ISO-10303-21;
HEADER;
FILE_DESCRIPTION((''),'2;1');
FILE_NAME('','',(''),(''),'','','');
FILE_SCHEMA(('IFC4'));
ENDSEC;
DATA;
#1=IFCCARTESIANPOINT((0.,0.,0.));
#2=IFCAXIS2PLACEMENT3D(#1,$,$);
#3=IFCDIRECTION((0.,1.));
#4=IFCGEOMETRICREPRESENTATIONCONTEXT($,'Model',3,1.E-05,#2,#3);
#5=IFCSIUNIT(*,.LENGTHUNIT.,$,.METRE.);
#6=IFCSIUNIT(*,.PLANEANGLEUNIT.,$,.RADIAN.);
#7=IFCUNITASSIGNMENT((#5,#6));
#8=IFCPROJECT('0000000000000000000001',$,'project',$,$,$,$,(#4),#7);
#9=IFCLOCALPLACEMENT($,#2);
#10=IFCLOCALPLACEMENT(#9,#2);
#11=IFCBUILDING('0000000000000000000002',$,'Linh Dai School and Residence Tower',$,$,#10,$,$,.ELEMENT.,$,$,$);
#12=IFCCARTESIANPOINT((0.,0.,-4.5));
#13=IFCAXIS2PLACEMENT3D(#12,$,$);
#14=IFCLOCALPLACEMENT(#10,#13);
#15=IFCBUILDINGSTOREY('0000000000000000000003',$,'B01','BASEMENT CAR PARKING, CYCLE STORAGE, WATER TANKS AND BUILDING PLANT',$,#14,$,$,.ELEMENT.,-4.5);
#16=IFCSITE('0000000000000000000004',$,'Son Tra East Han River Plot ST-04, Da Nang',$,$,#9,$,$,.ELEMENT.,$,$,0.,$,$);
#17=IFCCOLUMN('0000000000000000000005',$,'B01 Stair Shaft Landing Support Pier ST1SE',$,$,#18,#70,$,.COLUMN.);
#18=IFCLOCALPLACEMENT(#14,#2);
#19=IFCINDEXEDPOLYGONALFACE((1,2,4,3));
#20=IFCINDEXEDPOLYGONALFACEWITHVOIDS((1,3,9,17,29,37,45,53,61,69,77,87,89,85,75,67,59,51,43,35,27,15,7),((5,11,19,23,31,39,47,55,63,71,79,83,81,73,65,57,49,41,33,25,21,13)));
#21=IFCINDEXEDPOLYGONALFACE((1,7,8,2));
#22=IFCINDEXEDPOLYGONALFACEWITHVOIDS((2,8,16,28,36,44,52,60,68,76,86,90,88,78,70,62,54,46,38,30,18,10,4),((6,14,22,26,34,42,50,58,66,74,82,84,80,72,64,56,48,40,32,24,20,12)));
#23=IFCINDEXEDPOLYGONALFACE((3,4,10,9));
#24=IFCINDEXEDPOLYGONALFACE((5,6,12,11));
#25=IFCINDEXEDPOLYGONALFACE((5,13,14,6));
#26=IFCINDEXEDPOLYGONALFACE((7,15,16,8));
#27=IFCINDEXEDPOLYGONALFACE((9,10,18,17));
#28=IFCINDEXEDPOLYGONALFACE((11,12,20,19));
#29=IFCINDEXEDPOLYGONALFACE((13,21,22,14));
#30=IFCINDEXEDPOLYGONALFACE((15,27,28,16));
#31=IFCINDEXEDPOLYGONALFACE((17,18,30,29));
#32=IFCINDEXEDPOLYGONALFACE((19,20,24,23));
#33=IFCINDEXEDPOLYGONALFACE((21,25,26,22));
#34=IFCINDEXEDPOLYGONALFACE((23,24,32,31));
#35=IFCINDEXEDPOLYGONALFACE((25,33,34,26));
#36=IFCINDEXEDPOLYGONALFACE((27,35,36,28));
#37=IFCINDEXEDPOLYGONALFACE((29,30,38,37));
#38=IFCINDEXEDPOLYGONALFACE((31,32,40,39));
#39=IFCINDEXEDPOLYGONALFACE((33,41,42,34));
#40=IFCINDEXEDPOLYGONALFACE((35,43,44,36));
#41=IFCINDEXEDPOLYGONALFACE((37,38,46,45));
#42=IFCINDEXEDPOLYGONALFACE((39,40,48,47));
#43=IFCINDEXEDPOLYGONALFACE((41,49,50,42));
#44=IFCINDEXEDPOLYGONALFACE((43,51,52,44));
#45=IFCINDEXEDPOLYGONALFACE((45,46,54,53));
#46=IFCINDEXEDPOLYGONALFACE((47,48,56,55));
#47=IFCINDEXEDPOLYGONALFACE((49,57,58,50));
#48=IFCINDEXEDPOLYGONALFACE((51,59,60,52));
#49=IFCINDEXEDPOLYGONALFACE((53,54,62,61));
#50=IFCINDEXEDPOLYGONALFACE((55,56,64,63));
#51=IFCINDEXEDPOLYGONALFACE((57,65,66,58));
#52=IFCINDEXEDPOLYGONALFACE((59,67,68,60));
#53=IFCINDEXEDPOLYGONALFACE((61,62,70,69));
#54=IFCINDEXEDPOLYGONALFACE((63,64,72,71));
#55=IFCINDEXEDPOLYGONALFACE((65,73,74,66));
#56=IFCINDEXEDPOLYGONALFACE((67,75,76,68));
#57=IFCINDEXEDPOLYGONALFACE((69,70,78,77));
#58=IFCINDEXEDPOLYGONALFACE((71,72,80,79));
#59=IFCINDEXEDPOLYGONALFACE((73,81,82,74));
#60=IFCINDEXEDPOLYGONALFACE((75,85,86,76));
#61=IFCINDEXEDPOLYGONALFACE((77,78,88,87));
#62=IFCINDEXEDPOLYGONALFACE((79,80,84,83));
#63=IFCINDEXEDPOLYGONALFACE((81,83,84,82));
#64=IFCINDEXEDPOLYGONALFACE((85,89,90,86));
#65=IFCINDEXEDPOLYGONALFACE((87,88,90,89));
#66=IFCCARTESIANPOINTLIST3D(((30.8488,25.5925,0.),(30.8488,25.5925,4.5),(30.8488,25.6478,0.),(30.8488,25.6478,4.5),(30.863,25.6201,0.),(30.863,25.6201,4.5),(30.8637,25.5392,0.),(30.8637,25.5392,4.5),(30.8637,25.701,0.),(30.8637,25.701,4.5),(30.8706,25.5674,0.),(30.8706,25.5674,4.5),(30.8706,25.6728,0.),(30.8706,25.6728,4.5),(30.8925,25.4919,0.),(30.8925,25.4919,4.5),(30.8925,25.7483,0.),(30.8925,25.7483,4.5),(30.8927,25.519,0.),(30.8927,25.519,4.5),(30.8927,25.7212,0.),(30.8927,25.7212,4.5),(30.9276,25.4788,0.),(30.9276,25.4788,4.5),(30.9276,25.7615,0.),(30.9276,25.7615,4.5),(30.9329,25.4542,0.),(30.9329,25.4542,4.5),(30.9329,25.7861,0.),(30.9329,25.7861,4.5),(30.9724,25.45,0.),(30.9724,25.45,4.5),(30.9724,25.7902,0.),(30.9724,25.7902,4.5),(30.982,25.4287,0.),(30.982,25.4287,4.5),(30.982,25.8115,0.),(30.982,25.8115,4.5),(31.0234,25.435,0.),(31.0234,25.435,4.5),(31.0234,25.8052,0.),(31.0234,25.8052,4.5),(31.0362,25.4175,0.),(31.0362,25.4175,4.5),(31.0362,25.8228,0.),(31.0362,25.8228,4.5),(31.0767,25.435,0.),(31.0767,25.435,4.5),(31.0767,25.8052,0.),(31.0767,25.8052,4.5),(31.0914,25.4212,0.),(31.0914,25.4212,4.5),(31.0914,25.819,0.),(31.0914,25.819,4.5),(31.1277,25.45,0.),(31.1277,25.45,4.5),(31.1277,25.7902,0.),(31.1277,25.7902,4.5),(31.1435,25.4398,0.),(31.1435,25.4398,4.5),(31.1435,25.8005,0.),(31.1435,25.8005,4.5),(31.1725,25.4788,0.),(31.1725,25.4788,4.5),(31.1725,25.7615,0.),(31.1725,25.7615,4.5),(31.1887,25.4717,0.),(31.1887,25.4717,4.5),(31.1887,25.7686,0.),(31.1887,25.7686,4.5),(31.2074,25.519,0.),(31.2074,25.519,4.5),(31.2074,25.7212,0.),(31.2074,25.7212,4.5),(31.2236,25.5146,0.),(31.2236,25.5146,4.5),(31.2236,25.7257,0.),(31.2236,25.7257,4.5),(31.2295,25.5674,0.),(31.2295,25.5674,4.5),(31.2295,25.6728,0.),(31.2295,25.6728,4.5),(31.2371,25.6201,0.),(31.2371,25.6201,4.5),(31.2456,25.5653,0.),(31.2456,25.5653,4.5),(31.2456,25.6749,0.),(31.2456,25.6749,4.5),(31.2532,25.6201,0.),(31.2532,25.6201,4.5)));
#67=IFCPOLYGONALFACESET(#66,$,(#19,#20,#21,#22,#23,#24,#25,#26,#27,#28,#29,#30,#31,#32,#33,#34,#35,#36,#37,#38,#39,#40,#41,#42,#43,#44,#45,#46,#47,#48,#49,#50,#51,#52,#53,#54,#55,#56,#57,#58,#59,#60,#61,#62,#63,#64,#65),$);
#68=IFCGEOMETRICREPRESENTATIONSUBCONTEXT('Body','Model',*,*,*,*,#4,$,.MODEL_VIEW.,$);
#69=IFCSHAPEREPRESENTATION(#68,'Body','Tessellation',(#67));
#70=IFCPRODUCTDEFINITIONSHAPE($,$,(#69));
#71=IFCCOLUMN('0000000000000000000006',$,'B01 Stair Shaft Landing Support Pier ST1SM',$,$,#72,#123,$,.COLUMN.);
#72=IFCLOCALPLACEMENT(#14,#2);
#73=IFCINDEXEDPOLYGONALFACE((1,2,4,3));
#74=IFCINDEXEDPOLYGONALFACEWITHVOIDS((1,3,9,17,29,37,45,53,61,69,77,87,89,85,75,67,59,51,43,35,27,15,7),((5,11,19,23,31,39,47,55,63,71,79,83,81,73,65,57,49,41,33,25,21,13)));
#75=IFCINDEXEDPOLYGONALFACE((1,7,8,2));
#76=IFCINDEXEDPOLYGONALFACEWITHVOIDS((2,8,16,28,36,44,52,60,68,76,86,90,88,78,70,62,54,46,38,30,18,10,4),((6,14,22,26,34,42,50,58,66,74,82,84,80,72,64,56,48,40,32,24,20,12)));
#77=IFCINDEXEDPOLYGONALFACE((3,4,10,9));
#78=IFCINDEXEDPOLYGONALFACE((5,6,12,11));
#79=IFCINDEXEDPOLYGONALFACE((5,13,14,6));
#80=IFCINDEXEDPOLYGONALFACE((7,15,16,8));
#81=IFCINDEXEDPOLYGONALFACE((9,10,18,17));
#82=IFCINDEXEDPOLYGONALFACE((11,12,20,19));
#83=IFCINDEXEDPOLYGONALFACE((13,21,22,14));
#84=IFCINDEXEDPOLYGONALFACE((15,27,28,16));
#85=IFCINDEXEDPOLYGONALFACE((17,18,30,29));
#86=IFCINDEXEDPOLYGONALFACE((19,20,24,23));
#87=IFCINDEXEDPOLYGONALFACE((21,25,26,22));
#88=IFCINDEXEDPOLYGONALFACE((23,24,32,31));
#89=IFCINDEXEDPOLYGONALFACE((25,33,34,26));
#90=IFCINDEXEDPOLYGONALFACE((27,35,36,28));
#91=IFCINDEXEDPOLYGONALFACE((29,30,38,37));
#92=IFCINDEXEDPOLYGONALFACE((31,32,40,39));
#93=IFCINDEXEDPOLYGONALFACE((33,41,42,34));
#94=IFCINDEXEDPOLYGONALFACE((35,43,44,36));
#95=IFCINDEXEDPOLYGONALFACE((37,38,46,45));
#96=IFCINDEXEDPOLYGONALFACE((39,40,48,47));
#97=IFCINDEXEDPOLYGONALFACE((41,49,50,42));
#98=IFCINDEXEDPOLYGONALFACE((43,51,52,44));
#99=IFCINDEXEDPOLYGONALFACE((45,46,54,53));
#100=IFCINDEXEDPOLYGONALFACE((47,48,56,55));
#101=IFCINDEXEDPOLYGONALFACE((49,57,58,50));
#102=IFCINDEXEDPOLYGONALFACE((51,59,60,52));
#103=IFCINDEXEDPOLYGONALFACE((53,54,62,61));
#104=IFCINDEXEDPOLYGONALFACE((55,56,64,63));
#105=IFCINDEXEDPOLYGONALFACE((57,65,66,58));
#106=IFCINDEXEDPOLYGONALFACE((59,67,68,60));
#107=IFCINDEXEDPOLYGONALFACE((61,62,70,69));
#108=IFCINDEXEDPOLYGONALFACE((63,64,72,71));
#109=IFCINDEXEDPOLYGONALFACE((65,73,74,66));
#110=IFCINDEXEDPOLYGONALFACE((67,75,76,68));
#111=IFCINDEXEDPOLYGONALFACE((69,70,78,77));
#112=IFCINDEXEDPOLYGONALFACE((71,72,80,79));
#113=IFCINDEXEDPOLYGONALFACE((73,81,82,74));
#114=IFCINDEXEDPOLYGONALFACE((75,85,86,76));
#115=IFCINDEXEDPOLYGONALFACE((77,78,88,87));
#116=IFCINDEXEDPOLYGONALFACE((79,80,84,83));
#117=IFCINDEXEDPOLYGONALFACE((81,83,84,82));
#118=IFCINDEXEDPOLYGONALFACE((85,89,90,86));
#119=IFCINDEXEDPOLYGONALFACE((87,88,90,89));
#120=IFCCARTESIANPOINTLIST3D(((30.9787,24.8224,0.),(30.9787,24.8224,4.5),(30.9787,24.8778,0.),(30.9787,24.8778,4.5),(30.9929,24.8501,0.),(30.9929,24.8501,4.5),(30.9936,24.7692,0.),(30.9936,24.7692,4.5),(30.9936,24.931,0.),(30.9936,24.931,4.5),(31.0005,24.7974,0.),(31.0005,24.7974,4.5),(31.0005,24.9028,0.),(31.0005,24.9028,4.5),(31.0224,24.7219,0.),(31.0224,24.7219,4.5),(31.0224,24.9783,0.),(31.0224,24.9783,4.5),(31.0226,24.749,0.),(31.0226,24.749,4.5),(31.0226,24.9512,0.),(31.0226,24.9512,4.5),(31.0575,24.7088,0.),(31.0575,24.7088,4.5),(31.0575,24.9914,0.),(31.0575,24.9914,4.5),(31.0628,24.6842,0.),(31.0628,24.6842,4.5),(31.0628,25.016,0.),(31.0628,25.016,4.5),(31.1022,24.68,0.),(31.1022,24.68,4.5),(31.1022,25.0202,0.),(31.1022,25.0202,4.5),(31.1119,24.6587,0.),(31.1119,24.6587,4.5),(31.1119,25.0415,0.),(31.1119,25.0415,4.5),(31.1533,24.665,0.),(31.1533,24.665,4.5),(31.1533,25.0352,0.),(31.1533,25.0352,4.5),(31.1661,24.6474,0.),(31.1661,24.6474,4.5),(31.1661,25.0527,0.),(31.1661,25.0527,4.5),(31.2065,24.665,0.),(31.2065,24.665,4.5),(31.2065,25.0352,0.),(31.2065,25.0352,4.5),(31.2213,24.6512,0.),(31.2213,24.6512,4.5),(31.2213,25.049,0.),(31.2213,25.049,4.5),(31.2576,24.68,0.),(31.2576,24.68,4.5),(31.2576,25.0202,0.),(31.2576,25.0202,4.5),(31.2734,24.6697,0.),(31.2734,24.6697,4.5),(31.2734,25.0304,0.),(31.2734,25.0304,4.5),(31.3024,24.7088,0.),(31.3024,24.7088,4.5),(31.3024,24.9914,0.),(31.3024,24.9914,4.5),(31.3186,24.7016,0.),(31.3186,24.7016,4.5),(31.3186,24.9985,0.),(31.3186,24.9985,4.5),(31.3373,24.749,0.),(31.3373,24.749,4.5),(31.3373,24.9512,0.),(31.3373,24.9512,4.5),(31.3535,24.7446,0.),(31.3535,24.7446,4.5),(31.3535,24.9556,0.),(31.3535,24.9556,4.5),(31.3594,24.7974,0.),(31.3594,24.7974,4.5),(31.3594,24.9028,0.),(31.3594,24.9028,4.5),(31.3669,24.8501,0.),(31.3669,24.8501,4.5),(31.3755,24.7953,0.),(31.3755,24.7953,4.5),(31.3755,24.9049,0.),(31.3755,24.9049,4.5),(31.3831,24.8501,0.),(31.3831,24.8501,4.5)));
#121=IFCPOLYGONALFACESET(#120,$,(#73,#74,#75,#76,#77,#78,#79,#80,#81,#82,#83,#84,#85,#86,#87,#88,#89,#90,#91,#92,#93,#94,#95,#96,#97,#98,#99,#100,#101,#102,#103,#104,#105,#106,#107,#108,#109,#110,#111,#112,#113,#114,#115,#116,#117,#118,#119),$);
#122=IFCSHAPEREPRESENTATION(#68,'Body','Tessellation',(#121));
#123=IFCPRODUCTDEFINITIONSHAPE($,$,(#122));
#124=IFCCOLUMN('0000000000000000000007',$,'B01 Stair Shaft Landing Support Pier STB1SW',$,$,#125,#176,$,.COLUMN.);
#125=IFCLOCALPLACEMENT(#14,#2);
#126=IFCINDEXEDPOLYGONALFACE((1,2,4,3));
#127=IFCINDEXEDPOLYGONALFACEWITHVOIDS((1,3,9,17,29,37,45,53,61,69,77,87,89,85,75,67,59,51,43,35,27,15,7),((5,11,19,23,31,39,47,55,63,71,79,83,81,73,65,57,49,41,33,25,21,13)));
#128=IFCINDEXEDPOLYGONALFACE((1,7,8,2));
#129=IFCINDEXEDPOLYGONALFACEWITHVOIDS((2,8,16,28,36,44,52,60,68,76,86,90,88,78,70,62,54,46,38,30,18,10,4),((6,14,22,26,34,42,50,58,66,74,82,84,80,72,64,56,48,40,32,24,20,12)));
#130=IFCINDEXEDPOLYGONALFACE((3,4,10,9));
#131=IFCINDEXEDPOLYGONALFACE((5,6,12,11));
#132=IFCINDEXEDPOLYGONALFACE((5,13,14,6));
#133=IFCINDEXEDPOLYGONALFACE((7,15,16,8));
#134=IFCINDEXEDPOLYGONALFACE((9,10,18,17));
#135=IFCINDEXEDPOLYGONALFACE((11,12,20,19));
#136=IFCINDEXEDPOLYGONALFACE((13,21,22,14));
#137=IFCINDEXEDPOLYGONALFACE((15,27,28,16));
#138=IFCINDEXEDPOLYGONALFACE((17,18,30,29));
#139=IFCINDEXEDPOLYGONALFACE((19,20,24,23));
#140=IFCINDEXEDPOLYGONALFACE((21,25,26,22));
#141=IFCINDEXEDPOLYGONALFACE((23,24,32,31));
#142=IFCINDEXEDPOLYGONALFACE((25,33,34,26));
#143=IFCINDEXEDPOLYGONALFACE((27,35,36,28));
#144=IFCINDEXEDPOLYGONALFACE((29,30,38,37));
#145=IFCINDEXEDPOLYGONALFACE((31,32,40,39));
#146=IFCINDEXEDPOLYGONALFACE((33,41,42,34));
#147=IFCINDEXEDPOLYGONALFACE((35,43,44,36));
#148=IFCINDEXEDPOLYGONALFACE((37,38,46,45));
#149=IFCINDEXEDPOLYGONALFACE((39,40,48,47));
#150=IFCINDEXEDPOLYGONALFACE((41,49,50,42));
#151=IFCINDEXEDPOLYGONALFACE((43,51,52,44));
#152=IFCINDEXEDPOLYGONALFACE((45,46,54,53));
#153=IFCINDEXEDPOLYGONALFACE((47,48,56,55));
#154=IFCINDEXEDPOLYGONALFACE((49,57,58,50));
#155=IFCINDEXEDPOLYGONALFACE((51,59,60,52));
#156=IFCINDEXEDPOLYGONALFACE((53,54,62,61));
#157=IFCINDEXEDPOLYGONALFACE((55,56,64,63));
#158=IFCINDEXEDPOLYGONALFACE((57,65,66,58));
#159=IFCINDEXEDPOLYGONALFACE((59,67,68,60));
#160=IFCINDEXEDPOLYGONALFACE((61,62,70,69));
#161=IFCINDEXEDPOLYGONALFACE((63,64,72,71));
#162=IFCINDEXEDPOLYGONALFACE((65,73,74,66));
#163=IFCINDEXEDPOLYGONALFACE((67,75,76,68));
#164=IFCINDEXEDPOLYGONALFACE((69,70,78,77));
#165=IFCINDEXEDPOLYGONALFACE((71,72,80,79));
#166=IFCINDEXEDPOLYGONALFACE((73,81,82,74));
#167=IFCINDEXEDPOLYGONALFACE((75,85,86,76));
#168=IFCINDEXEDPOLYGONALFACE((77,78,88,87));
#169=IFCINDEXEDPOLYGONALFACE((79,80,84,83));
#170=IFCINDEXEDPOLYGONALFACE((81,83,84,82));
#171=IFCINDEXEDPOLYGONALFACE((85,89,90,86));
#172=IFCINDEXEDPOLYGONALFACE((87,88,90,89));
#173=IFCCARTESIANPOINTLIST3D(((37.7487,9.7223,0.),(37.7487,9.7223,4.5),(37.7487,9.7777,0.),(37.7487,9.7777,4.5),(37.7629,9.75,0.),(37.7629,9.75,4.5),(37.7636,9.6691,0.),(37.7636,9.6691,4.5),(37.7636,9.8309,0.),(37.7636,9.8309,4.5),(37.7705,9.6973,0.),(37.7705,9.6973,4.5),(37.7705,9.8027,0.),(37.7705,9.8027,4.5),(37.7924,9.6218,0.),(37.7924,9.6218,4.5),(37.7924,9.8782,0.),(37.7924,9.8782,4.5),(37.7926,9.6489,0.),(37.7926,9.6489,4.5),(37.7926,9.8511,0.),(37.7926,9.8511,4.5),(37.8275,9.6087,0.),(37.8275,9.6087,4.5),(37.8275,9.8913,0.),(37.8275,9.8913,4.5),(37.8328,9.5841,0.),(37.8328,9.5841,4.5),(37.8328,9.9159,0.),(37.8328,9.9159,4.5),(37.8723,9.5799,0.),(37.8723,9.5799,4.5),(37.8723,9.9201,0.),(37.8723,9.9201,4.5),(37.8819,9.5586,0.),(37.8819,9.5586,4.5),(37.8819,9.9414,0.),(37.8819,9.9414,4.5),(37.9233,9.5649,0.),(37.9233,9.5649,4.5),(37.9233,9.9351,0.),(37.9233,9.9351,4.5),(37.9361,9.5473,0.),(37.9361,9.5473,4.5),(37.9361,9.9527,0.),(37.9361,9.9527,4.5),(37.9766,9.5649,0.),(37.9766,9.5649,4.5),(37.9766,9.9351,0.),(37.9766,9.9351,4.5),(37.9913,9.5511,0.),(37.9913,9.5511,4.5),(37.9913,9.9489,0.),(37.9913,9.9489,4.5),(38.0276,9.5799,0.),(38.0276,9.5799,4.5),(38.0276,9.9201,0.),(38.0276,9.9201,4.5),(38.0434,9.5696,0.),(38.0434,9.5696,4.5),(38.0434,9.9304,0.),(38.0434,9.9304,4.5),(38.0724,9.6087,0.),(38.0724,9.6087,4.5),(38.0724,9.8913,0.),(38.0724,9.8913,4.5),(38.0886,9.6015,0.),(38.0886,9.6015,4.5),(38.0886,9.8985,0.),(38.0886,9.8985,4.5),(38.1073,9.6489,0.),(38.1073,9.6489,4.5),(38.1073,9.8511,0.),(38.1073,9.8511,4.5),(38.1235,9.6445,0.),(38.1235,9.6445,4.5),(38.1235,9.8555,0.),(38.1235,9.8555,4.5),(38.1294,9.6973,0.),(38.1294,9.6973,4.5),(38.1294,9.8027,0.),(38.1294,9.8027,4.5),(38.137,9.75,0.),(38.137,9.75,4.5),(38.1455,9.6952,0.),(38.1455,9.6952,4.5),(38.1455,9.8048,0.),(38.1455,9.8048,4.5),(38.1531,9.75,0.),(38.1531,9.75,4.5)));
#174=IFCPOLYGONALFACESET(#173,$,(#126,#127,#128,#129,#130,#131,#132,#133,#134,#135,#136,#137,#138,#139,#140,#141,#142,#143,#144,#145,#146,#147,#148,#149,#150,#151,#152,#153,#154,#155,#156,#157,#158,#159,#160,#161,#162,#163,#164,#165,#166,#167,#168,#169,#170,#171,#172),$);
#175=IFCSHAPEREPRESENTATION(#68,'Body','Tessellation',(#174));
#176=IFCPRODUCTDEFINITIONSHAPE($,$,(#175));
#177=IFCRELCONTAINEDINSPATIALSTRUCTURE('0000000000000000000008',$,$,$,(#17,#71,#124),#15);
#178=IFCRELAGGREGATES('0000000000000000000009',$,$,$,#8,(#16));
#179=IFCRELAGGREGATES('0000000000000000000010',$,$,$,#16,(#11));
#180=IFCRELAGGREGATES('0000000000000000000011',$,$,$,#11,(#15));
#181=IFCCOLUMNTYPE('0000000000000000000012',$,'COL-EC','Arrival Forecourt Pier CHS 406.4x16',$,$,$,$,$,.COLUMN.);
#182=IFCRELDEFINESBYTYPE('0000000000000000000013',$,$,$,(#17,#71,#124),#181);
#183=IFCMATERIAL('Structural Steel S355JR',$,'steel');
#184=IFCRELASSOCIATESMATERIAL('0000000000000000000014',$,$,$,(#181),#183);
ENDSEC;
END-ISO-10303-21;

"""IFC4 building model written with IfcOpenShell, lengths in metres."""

from ifc_helpers import new_model, si_unit, direction, frame, origin, origin_2d, place, context, subcontext, project, spatial, hollow_circle, extrude, material, material_profile, profile_set, type_object, element, save


model = new_model("IFC4")

# Units and contexts
model_context = context("Model", 3, precision=1e-05, world=origin(), true_north=direction((0.0, 1.0)))
body_context = subcontext(model_context, "Body", "Model", "MODEL_VIEW")
ifc_project = project(units=[si_unit("LENGTHUNIT", "METRE"), si_unit("PLANEANGLEUNIT", "RADIAN")], contexts=[model_context])

# Site, building, storey
site_placement = place(None, origin())
site = spatial("IfcSite", under=ifc_project, at=site_placement, Name="Son Tra East Han River Plot ST-04, Da Nang", CompositionType="ELEMENT", RefElevation=0.0)
building_placement = place(site_placement, origin())
building = spatial("IfcBuilding", under=site, at=building_placement, Name="Linh Dai School and Residence Tower", CompositionType="ELEMENT")
storey_placement = place(building_placement, frame((0.0, 0.0, -4.5)))
storey = spatial("IfcBuildingStorey", under=building, at=storey_placement, Name="B01", Description="BASEMENT CAR PARKING, CYCLE STORAGE, WATER TANKS AND BUILDING PLANT", CompositionType="ELEMENT", Elevation=-4.5)

# Columns
ifc_material_1 = material(Name="Structural Steel S355JR", Category="steel")
ifc_material_profile_1 = material_profile(ifc_material_1, hollow_circle(Radius=0.2031, WallThickness=0.0161, at=origin_2d()), Name="CHS 406.4x16")
ifc_profile_set_1 = profile_set([ifc_material_profile_1], Name="Structural Steel S355JR")
column_type_1 = type_object("IfcColumnType", Name="COL-EC", Description="Arrival Forecourt Pier CHS 406.4x16", PredefinedType="COLUMN", material=ifc_profile_set_1)
for number, where, z_axis, x_axis, name in (
    (1, (31.05, 25.6201, 0.0), (0.0, 0.0, 1.0), (1.0, 0.0, 0.0), "B01 Stair Shaft Landing Support Pier ST1SE"),
    (2, (31.1799, 24.8501, 0.0), (0.0, 0.0, 1.0), (1.0, 0.0, 0.0), "B01 Stair Shaft Landing Support Pier ST1SM"),
    (3, (37.95, 9.75, 0.0), (0.0, 0.0, 1.0), (1.0, 0.0, 0.0), "B01 Stair Shaft Landing Support Pier STB1SW"),
):
    element("IfcColumn", number, at=place(storey_placement, frame(where, z_axis=z_axis, x_axis=x_axis)), inside=storey, type_object=column_type_1, Name=name, PredefinedType="COLUMN", context=body_context, shape_type="SweptSolid", body=[
        extrude(hollow_circle(Radius=0.2031, WallThickness=0.0161, at=origin_2d()), origin(), (0.0, 0.0, 1.0), 4.5),
    ])

save(model, "model.ifc")
